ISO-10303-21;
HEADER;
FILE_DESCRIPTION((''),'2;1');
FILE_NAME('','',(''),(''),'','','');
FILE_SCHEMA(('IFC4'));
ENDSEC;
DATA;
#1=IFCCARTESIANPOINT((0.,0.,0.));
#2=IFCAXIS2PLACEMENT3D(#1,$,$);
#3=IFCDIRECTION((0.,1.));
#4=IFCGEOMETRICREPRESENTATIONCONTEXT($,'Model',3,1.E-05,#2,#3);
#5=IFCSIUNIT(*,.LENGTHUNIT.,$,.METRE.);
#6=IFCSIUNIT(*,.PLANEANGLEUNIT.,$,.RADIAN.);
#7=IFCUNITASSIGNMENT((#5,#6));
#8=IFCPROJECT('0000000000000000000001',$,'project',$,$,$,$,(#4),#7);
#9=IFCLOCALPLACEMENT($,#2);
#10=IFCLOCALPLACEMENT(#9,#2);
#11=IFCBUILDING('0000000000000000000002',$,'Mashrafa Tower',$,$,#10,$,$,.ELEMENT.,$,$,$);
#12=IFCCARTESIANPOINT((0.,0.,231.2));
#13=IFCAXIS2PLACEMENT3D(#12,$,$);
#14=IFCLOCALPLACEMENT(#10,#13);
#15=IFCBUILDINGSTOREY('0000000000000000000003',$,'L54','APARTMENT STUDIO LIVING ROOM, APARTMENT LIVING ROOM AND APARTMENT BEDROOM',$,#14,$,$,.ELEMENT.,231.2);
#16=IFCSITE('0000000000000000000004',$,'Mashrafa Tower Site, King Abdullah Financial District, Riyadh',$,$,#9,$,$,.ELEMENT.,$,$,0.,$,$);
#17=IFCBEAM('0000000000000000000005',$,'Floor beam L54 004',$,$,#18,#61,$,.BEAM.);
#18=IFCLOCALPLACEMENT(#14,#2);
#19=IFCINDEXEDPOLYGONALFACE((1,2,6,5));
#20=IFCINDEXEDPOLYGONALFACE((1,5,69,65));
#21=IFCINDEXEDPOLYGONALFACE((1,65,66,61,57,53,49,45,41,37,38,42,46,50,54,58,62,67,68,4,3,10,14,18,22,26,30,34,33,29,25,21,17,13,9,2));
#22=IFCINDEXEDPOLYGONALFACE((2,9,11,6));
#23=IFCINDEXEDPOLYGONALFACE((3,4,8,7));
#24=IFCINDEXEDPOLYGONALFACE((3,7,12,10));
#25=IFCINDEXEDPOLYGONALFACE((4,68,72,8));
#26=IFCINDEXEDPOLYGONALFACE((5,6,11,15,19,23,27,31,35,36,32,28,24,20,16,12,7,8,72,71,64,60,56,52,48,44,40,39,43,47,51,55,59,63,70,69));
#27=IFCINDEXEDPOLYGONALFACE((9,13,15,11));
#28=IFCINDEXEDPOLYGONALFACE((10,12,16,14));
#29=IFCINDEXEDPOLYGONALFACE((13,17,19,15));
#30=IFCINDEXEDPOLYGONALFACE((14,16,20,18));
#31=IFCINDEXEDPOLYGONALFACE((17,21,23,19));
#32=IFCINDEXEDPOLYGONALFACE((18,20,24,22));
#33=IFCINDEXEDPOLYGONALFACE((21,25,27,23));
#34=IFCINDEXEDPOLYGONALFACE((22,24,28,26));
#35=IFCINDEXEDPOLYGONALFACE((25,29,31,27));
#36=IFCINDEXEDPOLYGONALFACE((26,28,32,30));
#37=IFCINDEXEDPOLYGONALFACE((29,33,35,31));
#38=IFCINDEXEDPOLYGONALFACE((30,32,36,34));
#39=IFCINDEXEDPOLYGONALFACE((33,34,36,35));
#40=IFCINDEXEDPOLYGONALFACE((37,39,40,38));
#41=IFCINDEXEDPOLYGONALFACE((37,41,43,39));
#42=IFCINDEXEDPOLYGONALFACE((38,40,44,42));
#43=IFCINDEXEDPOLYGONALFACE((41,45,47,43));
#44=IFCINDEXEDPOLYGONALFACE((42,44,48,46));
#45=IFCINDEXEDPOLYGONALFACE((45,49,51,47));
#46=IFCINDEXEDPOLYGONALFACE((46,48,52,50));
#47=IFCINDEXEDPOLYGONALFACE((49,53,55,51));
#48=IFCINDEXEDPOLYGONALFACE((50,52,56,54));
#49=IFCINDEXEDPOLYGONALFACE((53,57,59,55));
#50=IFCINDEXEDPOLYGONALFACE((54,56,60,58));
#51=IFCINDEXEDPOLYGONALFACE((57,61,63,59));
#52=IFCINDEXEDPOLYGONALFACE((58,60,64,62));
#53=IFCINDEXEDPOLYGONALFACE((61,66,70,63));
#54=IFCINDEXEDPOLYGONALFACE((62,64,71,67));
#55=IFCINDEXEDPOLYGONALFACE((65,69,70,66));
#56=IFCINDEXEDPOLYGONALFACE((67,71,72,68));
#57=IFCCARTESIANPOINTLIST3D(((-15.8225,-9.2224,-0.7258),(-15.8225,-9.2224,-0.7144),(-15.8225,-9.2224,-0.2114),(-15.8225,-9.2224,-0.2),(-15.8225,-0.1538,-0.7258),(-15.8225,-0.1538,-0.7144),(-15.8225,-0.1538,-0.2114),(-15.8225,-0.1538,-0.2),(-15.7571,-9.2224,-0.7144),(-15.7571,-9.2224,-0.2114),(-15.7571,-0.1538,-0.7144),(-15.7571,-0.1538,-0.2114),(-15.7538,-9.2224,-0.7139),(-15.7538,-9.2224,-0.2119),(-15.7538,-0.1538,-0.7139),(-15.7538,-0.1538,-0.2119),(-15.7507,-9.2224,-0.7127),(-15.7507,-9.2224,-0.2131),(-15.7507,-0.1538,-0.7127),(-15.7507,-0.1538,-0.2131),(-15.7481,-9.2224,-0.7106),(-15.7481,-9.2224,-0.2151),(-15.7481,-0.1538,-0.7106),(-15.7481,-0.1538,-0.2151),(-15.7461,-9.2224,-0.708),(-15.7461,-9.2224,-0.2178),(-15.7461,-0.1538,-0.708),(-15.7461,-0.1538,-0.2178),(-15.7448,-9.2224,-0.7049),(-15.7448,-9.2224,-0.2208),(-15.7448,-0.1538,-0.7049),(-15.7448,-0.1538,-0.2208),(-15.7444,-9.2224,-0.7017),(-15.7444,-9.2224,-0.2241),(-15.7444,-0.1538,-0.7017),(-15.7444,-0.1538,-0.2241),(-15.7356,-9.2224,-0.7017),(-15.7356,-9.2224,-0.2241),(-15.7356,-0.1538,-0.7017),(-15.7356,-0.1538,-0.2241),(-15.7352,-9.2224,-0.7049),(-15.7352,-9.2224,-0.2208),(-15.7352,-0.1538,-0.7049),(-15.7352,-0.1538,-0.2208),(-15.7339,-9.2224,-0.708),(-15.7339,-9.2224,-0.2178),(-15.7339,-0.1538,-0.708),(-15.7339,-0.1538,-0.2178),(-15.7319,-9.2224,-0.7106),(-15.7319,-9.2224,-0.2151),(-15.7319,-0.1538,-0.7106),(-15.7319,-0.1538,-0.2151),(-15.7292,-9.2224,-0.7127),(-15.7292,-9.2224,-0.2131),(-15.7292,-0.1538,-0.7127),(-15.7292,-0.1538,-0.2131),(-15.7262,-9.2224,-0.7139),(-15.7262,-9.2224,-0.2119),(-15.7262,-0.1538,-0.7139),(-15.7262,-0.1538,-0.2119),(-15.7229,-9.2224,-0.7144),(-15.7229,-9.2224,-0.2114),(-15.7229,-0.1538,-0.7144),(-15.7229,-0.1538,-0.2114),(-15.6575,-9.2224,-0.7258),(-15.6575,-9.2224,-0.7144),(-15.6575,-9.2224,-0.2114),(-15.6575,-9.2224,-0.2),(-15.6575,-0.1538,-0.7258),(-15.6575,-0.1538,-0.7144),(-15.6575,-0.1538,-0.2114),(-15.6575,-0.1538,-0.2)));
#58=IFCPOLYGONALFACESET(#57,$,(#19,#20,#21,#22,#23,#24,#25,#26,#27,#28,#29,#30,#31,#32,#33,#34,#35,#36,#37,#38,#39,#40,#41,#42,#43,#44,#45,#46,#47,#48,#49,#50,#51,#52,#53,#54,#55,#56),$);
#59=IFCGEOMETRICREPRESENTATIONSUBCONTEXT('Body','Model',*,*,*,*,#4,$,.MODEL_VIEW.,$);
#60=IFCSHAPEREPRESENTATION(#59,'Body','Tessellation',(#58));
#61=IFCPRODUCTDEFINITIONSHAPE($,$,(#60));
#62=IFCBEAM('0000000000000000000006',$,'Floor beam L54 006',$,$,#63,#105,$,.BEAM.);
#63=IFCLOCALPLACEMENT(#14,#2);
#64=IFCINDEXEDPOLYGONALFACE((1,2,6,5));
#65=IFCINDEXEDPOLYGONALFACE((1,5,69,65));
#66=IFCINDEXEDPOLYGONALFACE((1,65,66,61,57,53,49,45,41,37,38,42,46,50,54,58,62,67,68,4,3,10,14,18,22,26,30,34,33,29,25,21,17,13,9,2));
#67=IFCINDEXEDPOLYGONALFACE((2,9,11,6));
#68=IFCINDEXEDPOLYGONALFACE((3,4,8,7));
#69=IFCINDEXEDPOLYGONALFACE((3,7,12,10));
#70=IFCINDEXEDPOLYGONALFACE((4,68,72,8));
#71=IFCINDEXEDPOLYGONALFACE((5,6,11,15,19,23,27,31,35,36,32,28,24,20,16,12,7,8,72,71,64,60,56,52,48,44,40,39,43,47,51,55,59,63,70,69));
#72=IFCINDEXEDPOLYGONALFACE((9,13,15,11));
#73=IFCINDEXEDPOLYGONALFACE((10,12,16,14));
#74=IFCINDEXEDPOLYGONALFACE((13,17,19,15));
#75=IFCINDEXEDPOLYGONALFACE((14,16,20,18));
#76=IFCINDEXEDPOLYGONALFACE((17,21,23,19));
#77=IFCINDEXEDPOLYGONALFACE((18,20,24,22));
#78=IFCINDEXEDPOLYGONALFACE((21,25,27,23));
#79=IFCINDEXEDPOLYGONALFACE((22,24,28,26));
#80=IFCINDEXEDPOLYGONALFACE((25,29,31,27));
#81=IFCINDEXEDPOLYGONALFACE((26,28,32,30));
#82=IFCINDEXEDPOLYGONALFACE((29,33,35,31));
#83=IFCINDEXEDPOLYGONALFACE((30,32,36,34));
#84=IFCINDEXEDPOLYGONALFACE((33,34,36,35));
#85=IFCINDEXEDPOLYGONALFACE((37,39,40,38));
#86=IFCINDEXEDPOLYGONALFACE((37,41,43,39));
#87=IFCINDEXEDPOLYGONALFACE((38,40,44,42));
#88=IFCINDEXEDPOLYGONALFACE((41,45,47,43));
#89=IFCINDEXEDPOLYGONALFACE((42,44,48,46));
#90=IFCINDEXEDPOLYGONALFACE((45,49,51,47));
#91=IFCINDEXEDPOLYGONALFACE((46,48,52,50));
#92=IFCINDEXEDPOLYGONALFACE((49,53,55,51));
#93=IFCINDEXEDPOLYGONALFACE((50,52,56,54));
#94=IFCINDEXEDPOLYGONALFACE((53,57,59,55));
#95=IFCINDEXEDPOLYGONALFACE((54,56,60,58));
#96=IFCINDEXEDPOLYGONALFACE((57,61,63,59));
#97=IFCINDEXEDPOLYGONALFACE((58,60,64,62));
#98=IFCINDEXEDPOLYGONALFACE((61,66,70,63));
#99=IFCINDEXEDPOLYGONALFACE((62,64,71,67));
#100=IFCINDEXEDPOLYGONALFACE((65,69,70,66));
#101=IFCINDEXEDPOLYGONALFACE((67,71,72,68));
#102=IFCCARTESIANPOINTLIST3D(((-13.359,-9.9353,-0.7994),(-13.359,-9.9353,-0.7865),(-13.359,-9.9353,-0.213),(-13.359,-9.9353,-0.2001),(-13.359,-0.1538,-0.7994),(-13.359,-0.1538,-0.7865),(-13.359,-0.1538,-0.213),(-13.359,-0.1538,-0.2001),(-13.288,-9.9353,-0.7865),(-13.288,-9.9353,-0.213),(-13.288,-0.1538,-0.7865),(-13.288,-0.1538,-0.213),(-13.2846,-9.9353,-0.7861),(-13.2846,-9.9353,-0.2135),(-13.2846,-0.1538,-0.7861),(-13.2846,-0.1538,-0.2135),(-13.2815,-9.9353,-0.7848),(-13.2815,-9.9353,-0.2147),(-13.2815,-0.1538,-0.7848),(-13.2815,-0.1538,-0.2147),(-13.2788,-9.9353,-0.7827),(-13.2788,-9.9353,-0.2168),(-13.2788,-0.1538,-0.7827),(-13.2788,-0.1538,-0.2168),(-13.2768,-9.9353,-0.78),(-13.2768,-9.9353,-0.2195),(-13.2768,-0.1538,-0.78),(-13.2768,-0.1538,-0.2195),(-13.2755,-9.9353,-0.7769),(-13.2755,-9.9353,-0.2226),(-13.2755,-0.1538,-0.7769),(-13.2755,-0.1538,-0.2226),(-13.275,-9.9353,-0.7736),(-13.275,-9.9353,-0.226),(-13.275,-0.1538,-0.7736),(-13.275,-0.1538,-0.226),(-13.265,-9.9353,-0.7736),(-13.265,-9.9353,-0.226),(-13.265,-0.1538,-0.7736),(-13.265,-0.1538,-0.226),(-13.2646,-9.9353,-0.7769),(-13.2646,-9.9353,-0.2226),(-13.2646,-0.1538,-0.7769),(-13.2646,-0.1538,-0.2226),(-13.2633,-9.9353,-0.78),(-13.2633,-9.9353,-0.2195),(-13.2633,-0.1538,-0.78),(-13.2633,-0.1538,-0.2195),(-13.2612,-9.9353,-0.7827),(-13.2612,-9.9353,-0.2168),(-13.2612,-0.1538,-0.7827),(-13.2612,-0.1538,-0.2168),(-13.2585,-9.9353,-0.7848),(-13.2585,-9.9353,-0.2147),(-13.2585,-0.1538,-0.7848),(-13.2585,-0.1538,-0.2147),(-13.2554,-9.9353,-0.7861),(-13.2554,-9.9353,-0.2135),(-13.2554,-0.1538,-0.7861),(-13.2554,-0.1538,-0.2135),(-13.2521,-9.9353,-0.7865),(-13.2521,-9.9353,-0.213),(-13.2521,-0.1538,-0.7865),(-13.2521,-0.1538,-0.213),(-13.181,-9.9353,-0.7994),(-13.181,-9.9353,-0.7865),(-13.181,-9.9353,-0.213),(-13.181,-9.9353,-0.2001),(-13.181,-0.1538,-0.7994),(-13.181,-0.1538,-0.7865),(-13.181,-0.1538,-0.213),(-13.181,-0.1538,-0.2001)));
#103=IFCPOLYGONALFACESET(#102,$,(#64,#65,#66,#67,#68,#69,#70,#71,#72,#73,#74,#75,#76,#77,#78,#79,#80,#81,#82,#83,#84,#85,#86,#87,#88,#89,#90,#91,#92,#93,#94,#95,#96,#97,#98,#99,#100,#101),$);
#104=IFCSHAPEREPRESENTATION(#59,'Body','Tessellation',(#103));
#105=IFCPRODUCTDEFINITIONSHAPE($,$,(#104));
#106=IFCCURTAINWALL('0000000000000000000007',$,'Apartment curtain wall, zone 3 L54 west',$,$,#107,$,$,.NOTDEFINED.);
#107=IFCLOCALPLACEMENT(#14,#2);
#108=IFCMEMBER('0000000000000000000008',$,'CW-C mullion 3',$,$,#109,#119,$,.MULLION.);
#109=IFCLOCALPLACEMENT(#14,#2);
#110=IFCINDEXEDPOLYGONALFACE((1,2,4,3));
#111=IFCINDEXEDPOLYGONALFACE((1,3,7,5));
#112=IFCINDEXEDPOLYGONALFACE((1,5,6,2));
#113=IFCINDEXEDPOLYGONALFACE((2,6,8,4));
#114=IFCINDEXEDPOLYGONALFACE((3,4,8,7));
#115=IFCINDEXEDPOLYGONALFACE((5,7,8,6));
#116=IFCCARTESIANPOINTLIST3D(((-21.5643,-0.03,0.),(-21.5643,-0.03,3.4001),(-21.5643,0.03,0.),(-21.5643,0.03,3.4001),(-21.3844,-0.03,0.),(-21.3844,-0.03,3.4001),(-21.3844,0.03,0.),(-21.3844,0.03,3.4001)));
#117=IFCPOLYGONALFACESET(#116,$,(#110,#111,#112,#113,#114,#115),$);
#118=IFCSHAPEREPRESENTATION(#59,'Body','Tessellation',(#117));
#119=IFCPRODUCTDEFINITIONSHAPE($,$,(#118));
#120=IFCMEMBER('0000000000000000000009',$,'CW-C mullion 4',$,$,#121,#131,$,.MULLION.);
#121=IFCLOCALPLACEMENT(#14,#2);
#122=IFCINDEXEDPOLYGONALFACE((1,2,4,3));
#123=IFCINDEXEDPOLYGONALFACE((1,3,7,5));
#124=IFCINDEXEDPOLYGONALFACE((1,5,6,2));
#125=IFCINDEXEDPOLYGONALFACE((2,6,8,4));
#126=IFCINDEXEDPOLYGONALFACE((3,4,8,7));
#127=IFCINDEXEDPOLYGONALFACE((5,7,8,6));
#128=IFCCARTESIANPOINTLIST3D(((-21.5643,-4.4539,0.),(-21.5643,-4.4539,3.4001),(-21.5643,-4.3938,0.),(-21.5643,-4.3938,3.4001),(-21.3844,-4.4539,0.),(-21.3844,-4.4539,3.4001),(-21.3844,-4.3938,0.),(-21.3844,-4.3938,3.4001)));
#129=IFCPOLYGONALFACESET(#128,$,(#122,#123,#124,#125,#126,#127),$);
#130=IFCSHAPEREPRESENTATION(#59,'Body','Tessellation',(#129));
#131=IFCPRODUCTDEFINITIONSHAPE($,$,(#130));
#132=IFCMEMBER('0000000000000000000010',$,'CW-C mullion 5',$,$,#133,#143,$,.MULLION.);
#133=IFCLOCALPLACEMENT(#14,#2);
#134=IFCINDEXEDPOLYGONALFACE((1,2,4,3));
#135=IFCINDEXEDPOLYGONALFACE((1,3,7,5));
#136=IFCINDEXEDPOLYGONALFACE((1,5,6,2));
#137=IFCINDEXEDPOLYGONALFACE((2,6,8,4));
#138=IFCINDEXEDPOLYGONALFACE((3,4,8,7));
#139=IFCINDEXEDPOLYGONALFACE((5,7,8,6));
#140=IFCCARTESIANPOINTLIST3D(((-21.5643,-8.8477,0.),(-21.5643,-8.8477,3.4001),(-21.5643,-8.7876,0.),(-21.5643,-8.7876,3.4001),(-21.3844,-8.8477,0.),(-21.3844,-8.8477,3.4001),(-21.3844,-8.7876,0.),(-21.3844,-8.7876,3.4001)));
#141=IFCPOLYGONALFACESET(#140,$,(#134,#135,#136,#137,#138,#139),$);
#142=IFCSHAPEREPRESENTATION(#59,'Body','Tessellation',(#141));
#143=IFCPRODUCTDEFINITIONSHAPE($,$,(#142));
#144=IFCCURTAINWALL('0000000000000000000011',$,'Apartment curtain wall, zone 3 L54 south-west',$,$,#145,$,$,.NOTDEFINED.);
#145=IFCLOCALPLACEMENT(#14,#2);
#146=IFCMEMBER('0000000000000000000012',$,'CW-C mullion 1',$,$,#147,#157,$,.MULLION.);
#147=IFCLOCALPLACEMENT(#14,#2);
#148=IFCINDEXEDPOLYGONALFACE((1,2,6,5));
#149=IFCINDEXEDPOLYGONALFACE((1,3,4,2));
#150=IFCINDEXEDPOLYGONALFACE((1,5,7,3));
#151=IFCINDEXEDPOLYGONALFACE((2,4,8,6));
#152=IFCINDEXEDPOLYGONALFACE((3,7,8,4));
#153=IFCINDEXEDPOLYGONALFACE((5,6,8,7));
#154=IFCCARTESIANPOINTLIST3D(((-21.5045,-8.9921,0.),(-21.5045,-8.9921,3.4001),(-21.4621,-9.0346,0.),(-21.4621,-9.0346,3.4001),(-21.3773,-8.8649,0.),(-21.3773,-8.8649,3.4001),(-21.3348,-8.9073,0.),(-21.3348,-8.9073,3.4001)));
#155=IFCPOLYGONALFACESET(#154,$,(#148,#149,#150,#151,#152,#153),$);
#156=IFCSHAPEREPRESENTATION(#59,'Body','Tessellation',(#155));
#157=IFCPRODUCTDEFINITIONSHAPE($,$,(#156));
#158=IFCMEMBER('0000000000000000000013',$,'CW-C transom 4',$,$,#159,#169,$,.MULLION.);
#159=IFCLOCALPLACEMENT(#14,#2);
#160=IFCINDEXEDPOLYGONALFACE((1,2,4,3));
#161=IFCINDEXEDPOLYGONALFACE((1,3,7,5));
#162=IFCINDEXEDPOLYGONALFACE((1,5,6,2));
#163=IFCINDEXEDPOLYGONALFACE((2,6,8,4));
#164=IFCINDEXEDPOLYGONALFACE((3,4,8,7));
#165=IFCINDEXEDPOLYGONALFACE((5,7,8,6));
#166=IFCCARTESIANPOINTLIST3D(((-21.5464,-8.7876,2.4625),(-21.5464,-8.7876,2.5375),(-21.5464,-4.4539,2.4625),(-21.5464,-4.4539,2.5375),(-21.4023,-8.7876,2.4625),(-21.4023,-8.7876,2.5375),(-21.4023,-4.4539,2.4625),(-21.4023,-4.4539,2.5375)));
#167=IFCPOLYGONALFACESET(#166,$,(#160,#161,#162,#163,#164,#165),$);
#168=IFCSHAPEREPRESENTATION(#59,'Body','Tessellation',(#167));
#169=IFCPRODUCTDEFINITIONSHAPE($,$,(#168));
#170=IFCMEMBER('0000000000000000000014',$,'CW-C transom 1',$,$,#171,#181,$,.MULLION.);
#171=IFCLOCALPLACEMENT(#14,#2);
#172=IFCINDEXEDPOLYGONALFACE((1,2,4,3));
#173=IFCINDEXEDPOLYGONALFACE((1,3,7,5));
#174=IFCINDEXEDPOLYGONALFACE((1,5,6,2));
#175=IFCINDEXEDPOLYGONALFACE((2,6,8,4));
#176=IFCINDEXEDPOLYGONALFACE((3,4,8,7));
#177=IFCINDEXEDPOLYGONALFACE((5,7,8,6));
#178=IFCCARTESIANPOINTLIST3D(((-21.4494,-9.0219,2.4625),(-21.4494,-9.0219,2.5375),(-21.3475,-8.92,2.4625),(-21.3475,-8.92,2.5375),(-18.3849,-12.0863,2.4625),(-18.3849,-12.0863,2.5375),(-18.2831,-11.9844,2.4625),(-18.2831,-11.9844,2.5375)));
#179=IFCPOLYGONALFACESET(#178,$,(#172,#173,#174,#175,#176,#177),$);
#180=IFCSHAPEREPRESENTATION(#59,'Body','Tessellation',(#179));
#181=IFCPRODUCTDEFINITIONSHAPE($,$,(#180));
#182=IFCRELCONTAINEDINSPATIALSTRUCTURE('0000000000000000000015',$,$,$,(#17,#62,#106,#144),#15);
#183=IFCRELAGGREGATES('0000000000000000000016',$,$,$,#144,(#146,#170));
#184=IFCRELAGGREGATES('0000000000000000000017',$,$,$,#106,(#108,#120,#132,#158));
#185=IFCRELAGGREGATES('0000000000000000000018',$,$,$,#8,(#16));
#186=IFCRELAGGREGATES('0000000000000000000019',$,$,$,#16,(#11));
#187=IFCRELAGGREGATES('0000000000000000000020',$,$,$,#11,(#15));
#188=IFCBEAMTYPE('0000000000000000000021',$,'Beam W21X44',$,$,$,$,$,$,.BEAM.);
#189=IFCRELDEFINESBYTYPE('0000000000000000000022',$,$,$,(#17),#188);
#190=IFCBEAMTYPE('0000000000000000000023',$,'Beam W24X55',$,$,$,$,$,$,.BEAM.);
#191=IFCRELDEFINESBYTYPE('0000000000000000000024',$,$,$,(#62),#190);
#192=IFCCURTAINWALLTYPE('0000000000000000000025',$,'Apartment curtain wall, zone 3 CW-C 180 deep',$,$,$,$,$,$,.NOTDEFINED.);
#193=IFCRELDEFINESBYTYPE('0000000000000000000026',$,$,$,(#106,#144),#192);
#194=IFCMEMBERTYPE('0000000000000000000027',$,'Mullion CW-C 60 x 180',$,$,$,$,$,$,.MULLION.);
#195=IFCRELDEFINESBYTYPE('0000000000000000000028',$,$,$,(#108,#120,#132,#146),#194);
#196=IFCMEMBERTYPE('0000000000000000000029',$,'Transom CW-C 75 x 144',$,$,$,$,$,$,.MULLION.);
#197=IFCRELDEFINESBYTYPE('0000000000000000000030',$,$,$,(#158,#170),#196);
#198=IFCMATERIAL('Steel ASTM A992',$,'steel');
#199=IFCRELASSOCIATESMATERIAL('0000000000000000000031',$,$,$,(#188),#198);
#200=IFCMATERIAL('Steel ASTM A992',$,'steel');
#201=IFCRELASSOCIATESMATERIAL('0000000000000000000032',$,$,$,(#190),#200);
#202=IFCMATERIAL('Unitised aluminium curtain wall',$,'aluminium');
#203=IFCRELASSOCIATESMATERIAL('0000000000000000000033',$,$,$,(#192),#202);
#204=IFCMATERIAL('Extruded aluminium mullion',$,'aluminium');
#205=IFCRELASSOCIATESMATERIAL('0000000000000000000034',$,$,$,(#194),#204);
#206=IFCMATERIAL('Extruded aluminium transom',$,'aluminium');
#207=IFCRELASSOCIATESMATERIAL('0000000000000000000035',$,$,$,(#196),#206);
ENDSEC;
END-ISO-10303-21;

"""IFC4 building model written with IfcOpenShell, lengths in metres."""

from ifc_helpers import new_model, si_unit, direction, frame, origin, origin_2d, place, context, subcontext, project, spatial, rectangle, i_section, extrude, source, transform, mapped, material, material_profile, profile_set, type_object, type_shapes, element, aggregate, save


model = new_model("IFC4")

# Units and contexts
model_context = context("Model", 3, precision=1e-05, world=origin(), true_north=direction((0.0, 1.0)))
body_context = subcontext(model_context, "Body", "Model", "MODEL_VIEW")
ifc_project = project(units=[si_unit("LENGTHUNIT", "METRE"), si_unit("PLANEANGLEUNIT", "RADIAN")], contexts=[model_context])

# Site, building, storey
site_placement = place(None, origin())
site = spatial("IfcSite", under=ifc_project, at=site_placement, Name="Mashrafa Tower Site, King Abdullah Financial District, Riyadh", CompositionType="ELEMENT", RefElevation=0.0)
building_placement = place(site_placement, origin())
building = spatial("IfcBuilding", under=site, at=building_placement, Name="Mashrafa Tower", CompositionType="ELEMENT")
storey_placement = place(building_placement, frame((0.0, 0.0, 231.2)))
storey = spatial("IfcBuildingStorey", under=building, at=storey_placement, Name="L54", Description="APARTMENT STUDIO LIVING ROOM, APARTMENT LIVING ROOM AND APARTMENT BEDROOM", CompositionType="ELEMENT", Elevation=231.2)

# Beams
ifc_material_1 = material(Name="Steel ASTM A992", Category="steel")
ifc_material_profile_1 = material_profile(ifc_material_1, i_section(OverallWidth=0.165, OverallDepth=0.5259, WebThickness=0.0088, FlangeThickness=0.0115, FilletRadius=0.0127, at=origin_2d()), Name="W21X44")
ifc_profile_set_1 = profile_set([ifc_material_profile_1], Name="Steel ASTM A992")
beam_type_1 = type_object("IfcBeamType", Name="Beam W21X44", PredefinedType="BEAM", material=ifc_profile_set_1)
beam_1_placement = place(storey_placement, frame((-15.74, -9.2224, -0.4629), z_axis=(0.0, 1.0, 0.0), x_axis=(-1.0, 0.0, 0.0)))
element("IfcBeam", 1, at=beam_1_placement, inside=storey, type_object=beam_type_1, Name="Floor beam L54 004", PredefinedType="BEAM", context=body_context, shape_type="SweptSolid", body=[
    extrude(i_section(OverallWidth=0.165, OverallDepth=0.5259, WebThickness=0.0088, FlangeThickness=0.0115, FilletRadius=0.0127, at=origin_2d()), origin(), (0.0, 0.0, 1.0), 9.0686),
])
ifc_material_2 = material(Name="Steel ASTM A992", Category="steel")
ifc_material_profile_2 = material_profile(ifc_material_2, i_section(OverallWidth=0.178, OverallDepth=0.5994, WebThickness=0.01, FlangeThickness=0.0129, FilletRadius=0.0129, at=origin_2d()), Name="W24X55")
ifc_profile_set_2 = profile_set([ifc_material_profile_2], Name="Steel ASTM A992")
beam_type_2 = type_object("IfcBeamType", Name="Beam W24X55", PredefinedType="BEAM", material=ifc_profile_set_2)
beam_2_placement = place(storey_placement, frame((-13.27, -9.9353, -0.4998), z_axis=(0.0, 1.0, 0.0), x_axis=(-1.0, 0.0, 0.0)))
element("IfcBeam", 2, at=beam_2_placement, inside=storey, type_object=beam_type_2, Name="Floor beam L54 006", PredefinedType="BEAM", context=body_context, shape_type="SweptSolid", body=[
    extrude(i_section(OverallWidth=0.178, OverallDepth=0.5994, WebThickness=0.01, FlangeThickness=0.0129, FilletRadius=0.0129, at=origin_2d()), origin(), (0.0, 0.0, 1.0), 9.7815),
])

# Curtain wall, members
ifc_material_3 = material(Name="Unitised aluminium curtain wall", Category="aluminium")
curtain_wall_type = type_object("IfcCurtainWallType", Name="Apartment curtain wall, zone 3 CW-C 180 deep", PredefinedType="NOTDEFINED", material=ifc_material_3)
curtain_wall_1_placement = place(storey_placement, origin())
curtain_wall_1 = element("IfcCurtainWall", 3, at=curtain_wall_1_placement, inside=storey, type_object=curtain_wall_type, Name="Apartment curtain wall, zone 3 L54 west", PredefinedType="NOTDEFINED")
ifc_material_4 = material(Name="Extruded aluminium mullion", Category="aluminium")
ifc_material_profile_3 = material_profile(ifc_material_4, rectangle(XDim=0.1799, YDim=0.0601, at=origin_2d()), Name="Mullion 60x180")
ifc_profile_set_3 = profile_set([ifc_material_profile_3], Name="Extruded aluminium mullion")
member_type_1 = type_object("IfcMemberType", Name="Mullion CW-C 60 x 180", PredefinedType="MULLION", material=ifc_profile_set_3)
shared_shape_1 = source(origin(), body_context, "Body", "SweptSolid", [
    extrude(rectangle(XDim=0.1799, YDim=0.0601, at=origin_2d()), origin(), (0.0, 0.0, 1.0), 3.4001),
])
type_shapes(member_type_1, [shared_shape_1])
member_1_placement = place(storey_placement, frame((-21.4744, 0.0, 0.0), z_axis=(0.0, 0.0, 1.0), x_axis=(1.0, 0.0, 0.0)))
member_1 = element("IfcMember", 4, at=member_1_placement, type_object=member_type_1, Name="CW-C mullion 3", PredefinedType="MULLION", context=body_context, shape_type="MappedRepresentation", body=[
    mapped(shared_shape_1, transform((0.0, 0.0, 0.0))),
])
member_2_placement = place(storey_placement, frame((-21.4744, -4.4238, 0.0), z_axis=(0.0, 0.0, 1.0), x_axis=(1.0, 0.0, 0.0)))
member_2 = element("IfcMember", 5, at=member_2_placement, type_object=member_type_1, Name="CW-C mullion 4", PredefinedType="MULLION", context=body_context, shape_type="MappedRepresentation", body=[
    mapped(shared_shape_1, transform((0.0, 0.0, 0.0))),
])
member_3_placement = place(storey_placement, frame((-21.4744, -8.8176, 0.0), z_axis=(0.0, 0.0, 1.0), x_axis=(1.0, 0.0, 0.0)))
member_3 = element("IfcMember", 6, at=member_3_placement, type_object=member_type_1, Name="CW-C mullion 5", PredefinedType="MULLION", context=body_context, shape_type="MappedRepresentation", body=[
    mapped(shared_shape_1, transform((0.0, 0.0, 0.0))),
])

# Curtain wall, member
curtain_wall_2_placement = place(storey_placement, origin())
curtain_wall_2 = element("IfcCurtainWall", 7, at=curtain_wall_2_placement, inside=storey, type_object=curtain_wall_type, Name="Apartment curtain wall, zone 3 L54 south-west", PredefinedType="NOTDEFINED")
member_4_placement = place(storey_placement, frame((-21.4197, -8.9497, 0.0), z_axis=(0.0, 0.0, 1.0), x_axis=(0.707107, 0.707107, 0.0)))
member_4 = element("IfcMember", 8, at=member_4_placement, type_object=member_type_1, Name="CW-C mullion 1", PredefinedType="MULLION", context=body_context, shape_type="MappedRepresentation", body=[
    mapped(shared_shape_1, transform((0.0, 0.0, 0.0))),
])

# Members
ifc_material_5 = material(Name="Extruded aluminium transom", Category="aluminium")
ifc_material_profile_4 = material_profile(ifc_material_5, rectangle(XDim=0.144, YDim=0.075, at=origin_2d()), Name="Transom 75x144")
ifc_profile_set_4 = profile_set([ifc_material_profile_4], Name="Extruded aluminium transom")
member_type_2 = type_object("IfcMemberType", Name="Transom CW-C 75 x 144", PredefinedType="MULLION", material=ifc_profile_set_4)
shared_shape_2 = source(origin(), body_context, "Body", "SweptSolid", [
    extrude(rectangle(XDim=0.144, YDim=0.075, at=origin_2d()), origin(), (0.0, 0.0, 1.0), 4.3337),
])
member_5_placement = place(storey_placement, frame((-21.4744, -4.4539, 2.5), z_axis=(0.0, -1.0, 0.0), x_axis=(1.0, 0.0, 0.0)))
member_5 = element("IfcMember", 9, at=member_5_placement, type_object=member_type_2, Name="CW-C transom 4", PredefinedType="MULLION", context=body_context, shape_type="MappedRepresentation", body=[
    mapped(shared_shape_2, transform((0.0, 0.0, 0.0))),
])
member_6_placement = place(storey_placement, frame((-21.3984, -8.9709, 2.5), z_axis=(0.707107, -0.707107, 0.0), x_axis=(0.707107, 0.707107, 0.0)))
member_6 = element("IfcMember", 10, at=member_6_placement, type_object=member_type_2, Name="CW-C transom 1", PredefinedType="MULLION", context=body_context, shape_type="MappedRepresentation", body=[
    mapped(shared_shape_2, transform((0.0, 0.0, 0.0))),
])

aggregate(curtain_wall_2, [member_4, member_6])
aggregate(curtain_wall_1, [member_1, member_2, member_3, member_5])

save(model, "model.ifc")
